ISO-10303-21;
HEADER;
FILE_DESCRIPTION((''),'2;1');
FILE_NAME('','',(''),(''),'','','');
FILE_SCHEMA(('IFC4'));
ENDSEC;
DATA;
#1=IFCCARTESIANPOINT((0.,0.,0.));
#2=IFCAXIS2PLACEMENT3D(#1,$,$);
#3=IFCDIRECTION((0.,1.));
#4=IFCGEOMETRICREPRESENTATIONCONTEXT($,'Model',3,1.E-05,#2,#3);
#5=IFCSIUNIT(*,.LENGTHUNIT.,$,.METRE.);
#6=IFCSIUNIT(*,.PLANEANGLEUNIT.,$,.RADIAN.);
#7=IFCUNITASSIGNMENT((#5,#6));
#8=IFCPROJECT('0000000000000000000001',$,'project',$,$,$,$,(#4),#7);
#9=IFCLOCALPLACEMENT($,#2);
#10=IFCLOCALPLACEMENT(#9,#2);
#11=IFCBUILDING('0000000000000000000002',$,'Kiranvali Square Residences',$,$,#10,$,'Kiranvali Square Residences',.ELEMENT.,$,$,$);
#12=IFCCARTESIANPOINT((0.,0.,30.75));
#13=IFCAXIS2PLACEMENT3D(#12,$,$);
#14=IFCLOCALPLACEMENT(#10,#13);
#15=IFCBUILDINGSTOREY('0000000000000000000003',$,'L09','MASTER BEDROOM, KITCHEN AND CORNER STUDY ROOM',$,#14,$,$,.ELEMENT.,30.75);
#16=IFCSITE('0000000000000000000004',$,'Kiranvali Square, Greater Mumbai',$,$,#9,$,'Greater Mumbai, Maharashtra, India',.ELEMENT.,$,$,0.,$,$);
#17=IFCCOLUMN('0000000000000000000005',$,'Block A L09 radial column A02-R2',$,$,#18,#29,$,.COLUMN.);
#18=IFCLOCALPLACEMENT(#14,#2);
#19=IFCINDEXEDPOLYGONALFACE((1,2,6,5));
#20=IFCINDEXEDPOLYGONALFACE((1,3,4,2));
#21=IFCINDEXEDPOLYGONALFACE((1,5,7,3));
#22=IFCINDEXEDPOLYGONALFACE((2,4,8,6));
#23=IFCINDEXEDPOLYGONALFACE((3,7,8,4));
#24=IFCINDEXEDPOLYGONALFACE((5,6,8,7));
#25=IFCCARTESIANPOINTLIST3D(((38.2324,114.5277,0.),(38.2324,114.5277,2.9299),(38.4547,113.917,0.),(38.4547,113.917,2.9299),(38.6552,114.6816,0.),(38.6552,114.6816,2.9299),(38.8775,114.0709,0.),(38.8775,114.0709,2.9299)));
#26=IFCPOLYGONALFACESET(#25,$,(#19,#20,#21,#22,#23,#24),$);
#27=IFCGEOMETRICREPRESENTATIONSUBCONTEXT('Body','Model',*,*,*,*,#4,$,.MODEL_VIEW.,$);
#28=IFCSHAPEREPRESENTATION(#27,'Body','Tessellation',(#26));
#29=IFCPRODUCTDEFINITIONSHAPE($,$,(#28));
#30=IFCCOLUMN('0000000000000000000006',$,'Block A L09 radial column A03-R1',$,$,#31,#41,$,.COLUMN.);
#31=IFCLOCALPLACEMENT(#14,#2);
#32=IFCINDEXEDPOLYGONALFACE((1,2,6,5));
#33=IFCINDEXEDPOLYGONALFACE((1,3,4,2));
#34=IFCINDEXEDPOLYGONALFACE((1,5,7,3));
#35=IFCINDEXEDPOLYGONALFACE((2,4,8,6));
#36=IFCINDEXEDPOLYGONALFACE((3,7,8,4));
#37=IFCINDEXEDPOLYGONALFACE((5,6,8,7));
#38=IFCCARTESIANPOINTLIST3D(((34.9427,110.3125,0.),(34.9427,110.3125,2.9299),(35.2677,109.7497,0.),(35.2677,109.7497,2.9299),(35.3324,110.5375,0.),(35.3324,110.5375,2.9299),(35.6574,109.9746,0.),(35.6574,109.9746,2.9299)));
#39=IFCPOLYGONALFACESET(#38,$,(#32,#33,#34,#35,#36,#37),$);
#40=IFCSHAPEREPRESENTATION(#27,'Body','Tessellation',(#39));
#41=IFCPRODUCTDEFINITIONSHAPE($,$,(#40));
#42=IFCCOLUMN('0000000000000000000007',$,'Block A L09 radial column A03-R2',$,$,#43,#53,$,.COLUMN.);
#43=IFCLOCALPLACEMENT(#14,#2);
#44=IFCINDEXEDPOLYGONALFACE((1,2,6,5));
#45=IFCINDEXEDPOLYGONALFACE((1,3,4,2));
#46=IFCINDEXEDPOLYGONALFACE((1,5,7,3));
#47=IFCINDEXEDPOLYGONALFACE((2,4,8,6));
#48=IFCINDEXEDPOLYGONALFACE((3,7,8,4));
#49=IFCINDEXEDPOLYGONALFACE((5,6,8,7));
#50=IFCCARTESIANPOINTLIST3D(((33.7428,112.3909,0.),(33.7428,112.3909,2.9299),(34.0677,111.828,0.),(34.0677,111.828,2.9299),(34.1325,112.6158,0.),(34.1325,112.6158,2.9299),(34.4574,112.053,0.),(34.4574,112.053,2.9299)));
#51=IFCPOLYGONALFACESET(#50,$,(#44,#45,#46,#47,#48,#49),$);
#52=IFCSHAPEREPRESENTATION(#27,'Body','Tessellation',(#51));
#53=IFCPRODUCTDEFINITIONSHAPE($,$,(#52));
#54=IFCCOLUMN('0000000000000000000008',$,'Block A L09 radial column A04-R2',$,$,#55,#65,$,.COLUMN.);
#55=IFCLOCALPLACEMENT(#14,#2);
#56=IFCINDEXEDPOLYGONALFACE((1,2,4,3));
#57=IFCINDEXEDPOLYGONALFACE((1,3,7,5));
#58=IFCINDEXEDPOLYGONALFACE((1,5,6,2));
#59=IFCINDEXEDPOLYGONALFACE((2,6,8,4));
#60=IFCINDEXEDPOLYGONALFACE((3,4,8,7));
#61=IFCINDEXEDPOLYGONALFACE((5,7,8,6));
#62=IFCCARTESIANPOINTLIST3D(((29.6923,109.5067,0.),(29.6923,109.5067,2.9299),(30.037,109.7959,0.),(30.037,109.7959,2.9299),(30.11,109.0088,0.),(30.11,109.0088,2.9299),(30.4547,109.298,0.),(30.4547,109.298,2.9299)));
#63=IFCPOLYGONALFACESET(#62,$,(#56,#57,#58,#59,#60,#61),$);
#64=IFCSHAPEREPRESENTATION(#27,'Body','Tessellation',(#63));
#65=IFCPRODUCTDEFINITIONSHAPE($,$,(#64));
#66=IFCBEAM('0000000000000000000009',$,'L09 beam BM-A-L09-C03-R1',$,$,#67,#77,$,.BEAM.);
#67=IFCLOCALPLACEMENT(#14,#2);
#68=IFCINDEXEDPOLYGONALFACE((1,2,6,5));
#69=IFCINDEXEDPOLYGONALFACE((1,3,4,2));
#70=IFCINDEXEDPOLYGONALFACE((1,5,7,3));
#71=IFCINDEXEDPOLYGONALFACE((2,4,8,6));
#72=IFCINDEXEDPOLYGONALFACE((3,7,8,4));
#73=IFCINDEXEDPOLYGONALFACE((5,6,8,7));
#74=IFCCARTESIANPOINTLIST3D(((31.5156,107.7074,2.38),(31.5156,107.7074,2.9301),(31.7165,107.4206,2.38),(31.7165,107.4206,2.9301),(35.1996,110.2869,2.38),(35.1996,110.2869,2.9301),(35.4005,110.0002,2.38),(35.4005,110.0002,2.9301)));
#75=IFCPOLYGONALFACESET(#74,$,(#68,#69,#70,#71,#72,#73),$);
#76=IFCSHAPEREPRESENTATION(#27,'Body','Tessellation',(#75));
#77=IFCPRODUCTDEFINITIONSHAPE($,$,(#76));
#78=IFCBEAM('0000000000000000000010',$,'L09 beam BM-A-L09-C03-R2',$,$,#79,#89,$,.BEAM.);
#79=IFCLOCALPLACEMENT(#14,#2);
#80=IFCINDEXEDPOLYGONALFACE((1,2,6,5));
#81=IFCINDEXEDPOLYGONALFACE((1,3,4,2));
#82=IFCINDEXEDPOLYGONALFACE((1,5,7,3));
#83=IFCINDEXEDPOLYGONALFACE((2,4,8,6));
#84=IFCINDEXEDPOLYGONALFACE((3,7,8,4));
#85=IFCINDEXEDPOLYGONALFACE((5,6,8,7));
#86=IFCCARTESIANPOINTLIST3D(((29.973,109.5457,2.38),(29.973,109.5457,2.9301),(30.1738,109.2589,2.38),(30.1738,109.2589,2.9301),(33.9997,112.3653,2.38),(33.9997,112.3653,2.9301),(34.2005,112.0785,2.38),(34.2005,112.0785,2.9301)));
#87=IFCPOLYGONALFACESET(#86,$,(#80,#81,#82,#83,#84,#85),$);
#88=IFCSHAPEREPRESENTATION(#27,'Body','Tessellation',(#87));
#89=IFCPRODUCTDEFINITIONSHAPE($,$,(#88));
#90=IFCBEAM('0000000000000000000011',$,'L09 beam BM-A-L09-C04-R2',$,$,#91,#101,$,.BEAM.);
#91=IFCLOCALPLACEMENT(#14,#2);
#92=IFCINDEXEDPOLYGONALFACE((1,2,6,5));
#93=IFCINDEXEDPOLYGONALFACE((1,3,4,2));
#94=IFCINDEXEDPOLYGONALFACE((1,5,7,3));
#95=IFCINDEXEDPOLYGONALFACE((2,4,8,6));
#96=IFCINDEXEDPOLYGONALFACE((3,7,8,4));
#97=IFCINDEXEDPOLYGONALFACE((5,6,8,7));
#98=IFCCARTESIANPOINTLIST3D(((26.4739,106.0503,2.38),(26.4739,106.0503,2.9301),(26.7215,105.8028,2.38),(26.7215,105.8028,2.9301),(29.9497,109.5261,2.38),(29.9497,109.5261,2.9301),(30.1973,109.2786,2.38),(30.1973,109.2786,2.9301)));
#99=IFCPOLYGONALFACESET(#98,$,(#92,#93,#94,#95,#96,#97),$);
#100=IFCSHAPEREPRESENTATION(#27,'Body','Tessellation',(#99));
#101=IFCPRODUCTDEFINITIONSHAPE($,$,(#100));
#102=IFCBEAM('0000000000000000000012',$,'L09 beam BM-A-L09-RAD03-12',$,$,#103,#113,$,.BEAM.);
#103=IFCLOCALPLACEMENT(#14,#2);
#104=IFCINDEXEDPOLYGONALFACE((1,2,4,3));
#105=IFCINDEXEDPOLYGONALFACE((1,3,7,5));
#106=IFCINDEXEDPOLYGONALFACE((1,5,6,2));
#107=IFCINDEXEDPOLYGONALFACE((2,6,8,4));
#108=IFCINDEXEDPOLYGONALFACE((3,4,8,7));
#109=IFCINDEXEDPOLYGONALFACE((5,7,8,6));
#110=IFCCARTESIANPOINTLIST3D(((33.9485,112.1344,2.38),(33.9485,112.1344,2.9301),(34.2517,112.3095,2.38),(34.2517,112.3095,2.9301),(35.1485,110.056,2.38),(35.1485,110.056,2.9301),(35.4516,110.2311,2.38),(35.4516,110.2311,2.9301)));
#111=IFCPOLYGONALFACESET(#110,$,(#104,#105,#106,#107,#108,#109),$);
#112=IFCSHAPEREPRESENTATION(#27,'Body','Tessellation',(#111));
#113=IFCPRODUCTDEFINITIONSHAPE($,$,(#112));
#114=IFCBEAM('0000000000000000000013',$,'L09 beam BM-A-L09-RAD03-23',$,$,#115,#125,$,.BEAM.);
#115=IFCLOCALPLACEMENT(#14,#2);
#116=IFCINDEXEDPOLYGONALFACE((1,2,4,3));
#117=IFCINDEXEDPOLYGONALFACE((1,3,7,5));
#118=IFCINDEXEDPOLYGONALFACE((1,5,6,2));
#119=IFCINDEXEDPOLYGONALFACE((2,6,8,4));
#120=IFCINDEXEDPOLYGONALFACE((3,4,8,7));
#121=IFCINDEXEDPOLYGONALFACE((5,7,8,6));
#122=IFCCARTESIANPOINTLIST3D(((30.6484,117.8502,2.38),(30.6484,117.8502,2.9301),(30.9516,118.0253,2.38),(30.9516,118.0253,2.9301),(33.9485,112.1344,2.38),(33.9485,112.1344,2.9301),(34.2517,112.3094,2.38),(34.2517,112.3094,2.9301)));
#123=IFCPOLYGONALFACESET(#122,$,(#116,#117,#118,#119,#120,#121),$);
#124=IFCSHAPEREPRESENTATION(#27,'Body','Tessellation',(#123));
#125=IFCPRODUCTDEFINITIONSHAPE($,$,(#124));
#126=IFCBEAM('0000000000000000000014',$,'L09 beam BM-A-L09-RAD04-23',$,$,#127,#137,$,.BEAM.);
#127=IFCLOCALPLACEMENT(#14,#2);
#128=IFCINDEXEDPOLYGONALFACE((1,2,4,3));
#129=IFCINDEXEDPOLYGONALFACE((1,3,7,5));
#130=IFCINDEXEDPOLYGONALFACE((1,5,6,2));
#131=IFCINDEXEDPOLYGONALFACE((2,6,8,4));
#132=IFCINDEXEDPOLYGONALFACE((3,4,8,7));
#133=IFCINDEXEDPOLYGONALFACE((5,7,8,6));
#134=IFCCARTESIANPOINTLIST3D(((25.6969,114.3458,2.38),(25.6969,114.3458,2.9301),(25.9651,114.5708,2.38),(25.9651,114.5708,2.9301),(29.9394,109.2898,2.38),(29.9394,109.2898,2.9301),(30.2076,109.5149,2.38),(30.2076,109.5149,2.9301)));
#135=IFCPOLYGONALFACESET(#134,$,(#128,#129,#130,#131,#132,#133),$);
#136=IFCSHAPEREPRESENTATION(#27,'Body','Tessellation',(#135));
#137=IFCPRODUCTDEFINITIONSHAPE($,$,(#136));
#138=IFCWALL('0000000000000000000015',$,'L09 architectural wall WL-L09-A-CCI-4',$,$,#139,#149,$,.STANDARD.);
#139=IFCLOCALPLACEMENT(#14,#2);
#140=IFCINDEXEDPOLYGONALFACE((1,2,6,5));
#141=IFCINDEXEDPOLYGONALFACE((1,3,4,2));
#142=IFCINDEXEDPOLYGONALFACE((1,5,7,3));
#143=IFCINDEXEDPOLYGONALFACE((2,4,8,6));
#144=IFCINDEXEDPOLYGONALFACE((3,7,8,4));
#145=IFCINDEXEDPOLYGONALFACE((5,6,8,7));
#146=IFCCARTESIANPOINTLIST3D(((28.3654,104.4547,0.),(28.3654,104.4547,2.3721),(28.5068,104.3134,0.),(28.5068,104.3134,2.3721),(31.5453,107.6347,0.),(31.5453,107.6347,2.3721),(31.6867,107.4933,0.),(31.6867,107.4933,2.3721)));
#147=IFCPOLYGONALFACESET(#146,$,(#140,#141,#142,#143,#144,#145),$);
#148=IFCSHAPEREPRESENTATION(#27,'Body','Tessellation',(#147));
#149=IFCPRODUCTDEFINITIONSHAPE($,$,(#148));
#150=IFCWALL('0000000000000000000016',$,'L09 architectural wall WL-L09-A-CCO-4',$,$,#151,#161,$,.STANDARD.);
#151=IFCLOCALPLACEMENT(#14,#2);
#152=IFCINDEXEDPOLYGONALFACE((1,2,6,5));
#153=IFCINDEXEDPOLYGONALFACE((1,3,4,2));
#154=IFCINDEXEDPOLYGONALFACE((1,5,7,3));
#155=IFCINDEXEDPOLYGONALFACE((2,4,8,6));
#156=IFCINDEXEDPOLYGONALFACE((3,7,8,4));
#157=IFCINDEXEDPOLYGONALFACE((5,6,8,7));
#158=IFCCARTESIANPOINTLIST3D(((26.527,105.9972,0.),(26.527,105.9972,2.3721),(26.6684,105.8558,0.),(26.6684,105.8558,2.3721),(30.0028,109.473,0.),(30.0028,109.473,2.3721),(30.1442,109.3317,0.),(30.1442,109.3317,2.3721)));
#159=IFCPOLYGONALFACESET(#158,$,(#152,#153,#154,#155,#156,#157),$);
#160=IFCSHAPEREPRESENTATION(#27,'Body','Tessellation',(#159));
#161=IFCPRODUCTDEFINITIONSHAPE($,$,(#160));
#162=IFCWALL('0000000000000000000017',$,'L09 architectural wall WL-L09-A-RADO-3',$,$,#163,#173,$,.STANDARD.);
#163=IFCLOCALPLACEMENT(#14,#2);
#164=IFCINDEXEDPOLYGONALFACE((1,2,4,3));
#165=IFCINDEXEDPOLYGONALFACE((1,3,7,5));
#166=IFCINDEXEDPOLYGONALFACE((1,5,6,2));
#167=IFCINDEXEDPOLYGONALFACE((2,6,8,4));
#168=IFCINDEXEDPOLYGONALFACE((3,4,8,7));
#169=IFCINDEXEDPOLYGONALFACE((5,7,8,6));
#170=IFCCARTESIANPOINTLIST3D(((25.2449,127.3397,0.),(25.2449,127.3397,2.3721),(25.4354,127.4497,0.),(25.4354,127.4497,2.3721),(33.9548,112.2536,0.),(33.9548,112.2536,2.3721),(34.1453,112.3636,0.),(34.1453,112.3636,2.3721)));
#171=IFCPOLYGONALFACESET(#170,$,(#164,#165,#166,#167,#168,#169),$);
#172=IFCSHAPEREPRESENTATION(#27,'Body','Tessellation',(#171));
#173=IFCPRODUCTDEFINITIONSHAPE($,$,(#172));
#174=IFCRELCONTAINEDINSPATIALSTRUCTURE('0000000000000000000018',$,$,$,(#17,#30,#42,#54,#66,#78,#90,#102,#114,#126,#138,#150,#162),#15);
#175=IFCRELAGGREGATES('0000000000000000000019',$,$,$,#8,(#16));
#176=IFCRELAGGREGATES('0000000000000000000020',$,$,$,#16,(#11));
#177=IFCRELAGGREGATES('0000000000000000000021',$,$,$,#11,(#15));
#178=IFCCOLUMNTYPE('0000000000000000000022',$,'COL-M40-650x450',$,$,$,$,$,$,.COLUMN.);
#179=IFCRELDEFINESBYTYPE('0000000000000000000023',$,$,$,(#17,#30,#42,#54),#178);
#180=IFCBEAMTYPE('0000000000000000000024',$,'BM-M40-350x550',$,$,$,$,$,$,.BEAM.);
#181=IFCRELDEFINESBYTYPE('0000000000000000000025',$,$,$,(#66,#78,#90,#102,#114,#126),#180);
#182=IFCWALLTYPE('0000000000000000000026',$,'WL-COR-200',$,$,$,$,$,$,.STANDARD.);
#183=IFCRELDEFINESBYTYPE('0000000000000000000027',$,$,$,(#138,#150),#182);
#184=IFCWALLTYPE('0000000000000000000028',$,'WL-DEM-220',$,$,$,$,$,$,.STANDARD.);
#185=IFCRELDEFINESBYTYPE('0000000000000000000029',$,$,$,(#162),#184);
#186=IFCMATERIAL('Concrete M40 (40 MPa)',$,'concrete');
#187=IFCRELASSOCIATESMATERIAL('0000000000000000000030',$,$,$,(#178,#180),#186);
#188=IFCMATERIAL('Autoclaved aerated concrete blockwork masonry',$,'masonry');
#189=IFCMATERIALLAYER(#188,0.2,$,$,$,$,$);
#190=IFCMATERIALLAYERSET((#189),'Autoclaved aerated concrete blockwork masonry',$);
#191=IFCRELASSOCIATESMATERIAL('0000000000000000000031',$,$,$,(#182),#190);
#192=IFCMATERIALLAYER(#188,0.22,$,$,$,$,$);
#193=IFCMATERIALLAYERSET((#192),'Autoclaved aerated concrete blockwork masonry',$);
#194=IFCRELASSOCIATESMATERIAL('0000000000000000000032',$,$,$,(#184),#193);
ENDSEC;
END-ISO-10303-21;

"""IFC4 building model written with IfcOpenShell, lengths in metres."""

from ifc_helpers import new_model, si_unit, direction, frame, frame_2d, origin, origin_2d, place, context, subcontext, project, spatial, rectangle, extrude, material, layer, layer_set, material_profile, profile_set, type_object, element, save


model = new_model("IFC4")

# Units and contexts
model_context = context("Model", 3, precision=1e-05, world=origin(), true_north=direction((0.0, 1.0)))
body_context = subcontext(model_context, "Body", "Model", "MODEL_VIEW")
ifc_project = project(units=[si_unit("LENGTHUNIT", "METRE"), si_unit("PLANEANGLEUNIT", "RADIAN")], contexts=[model_context])

# Site, building, storey
site_placement = place(None, origin())
site = spatial("IfcSite", under=ifc_project, at=site_placement, Name="Kiranvali Square, Greater Mumbai", LongName="Greater Mumbai, Maharashtra, India", CompositionType="ELEMENT", RefElevation=0.0)
building_placement = place(site_placement, origin())
building = spatial("IfcBuilding", under=site, at=building_placement, Name="Kiranvali Square Residences", LongName="Kiranvali Square Residences", CompositionType="ELEMENT")
storey_placement = place(building_placement, frame((0.0, 0.0, 30.75)))
storey = spatial("IfcBuildingStorey", under=building, at=storey_placement, Name="L09", Description="MASTER BEDROOM, KITCHEN AND CORNER STUDY ROOM", CompositionType="ELEMENT", Elevation=30.75)

# Columns
ifc_material_1 = material(Name="Concrete M40 (40 MPa)", Category="concrete")
ifc_material_profile_1 = material_profile(ifc_material_1, rectangle(XDim=0.45, YDim=0.6499, at=origin_2d()), Name="RC 650x450")
ifc_profile_set_1 = profile_set([ifc_material_profile_1], Name="Concrete M40 (40 MPa)")
column_type = type_object("IfcColumnType", Name="COL-M40-650x450", PredefinedType="COLUMN", material=ifc_profile_set_1)
for number, where, z_axis, x_axis, name in (
    (1, (38.5549, 114.2993, 0.0), (0.0, 0.0, 1.0), (0.939693, 0.34202, 0.0), "Block A L09 radial column A02-R2"),
    (2, (35.3, 110.1436, 0.0), (0.0, 0.0, 1.0), (0.866025, 0.5, 0.0), "Block A L09 radial column A03-R1"),
    (3, (34.1001, 112.2219, 0.0), (0.0, 0.0, 1.0), (0.866025, 0.5, 0.0), "Block A L09 radial column A03-R2"),
    (4, (30.0735, 109.4023, 0.0), (0.0, 0.0, 1.0), (0.766044, 0.642788, 0.0), "Block A L09 radial column A04-R2"),
):
    element("IfcColumn", number, at=place(storey_placement, frame(where, z_axis=z_axis, x_axis=x_axis)), inside=storey, type_object=column_type, Name=name, PredefinedType="COLUMN", context=body_context, shape_type="SweptSolid", body=[
        extrude(rectangle(XDim=0.45, YDim=0.6499, at=origin_2d()), origin(), (0.0, 0.0, 1.0), 2.9299),
    ])

# Beams
ifc_material_profile_2 = material_profile(ifc_material_1, rectangle(XDim=0.3501, YDim=0.55, at=origin_2d()), Name="RC 350x550")
ifc_profile_set_2 = profile_set([ifc_material_profile_2], Name="Concrete M40 (40 MPa)")
beam_type = type_object("IfcBeamType", Name="BM-M40-350x550", PredefinedType="BEAM", material=ifc_profile_set_2)
beam_1_placement = place(storey_placement, frame((35.3, 110.1436, 2.655), z_axis=(-0.819155, -0.573572, 0.0), x_axis=(0.573572, -0.819155, 0.0)))
element("IfcBeam", 5, at=beam_1_placement, inside=storey, type_object=beam_type, Name="L09 beam BM-A-L09-C03-R1", PredefinedType="BEAM", context=body_context, shape_type="SweptSolid", body=[
    extrude(rectangle(XDim=0.3501, YDim=0.55, at=origin_2d()), origin(), (0.0, 0.0, 1.0), 4.4973),
])
beam_2_placement = place(storey_placement, frame((34.1001, 112.2219, 2.655), z_axis=(-0.819141, -0.573592, 0.0), x_axis=(0.573592, -0.819141, 0.0)))
element("IfcBeam", 6, at=beam_2_placement, inside=storey, type_object=beam_type, Name="L09 beam BM-A-L09-C03-R2", PredefinedType="BEAM", context=body_context, shape_type="SweptSolid", body=[
    extrude(rectangle(XDim=0.3501, YDim=0.55, at=origin_2d()), origin(), (0.0, 0.0, 1.0), 4.9158),
])
beam_3_placement = place(storey_placement, frame((30.0735, 109.4023, 2.655), z_axis=(-0.707107, -0.707107, 0.0), x_axis=(0.707107, -0.707107, 0.0)))
element("IfcBeam", 7, at=beam_3_placement, inside=storey, type_object=beam_type, Name="L09 beam BM-A-L09-C04-R2", PredefinedType="BEAM", context=body_context, shape_type="SweptSolid", body=[
    extrude(rectangle(XDim=0.3501, YDim=0.55, at=origin_2d()), origin(), (0.0, 0.0, 1.0), 4.9155),
])
beam_4_placement = place(storey_placement, frame((35.3, 110.1436, 2.655), z_axis=(-0.500001, 0.866025, 0.0), x_axis=(-0.866025, -0.500001, 0.0)))
element("IfcBeam", 8, at=beam_4_placement, inside=storey, type_object=beam_type, Name="L09 beam BM-A-L09-RAD03-12", PredefinedType="BEAM", context=body_context, shape_type="SweptSolid", body=[
    extrude(rectangle(XDim=0.3501, YDim=0.55, at=origin_2d()), origin(), (0.0, 0.0, 1.0), 2.3999),
])
for number, where, z_axis, x_axis, name in (
    (9, (34.1001, 112.2219, 2.655), (-0.500002, 0.866024, 0.0), (-0.866024, -0.500002, 0.0), "L09 beam BM-A-L09-RAD03-23"),
    (10, (30.0735, 109.4023, 2.655), (-0.642789, 0.766043, 0.0), (-0.766043, -0.642789, 0.0), "L09 beam BM-A-L09-RAD04-23"),
):
    element("IfcBeam", number, at=place(storey_placement, frame(where, z_axis=z_axis, x_axis=x_axis)), inside=storey, type_object=beam_type, Name=name, PredefinedType="BEAM", context=body_context, shape_type="SweptSolid", body=[
        extrude(rectangle(XDim=0.3501, YDim=0.55, at=origin_2d()), origin(), (0.0, 0.0, 1.0), 6.6001),
    ])

# Shared definitions
ifc_material_2 = material(Name="Autoclaved aerated concrete blockwork masonry", Category="masonry")
ifc_layer_1 = layer(ifc_material_2, 0.2)
ifc_layer_set_1 = layer_set([ifc_layer_1], Name="Autoclaved aerated concrete blockwork masonry")
wall_type_1 = type_object("IfcWallType", Name="WL-COR-200", PredefinedType="STANDARD", material=ifc_layer_set_1)

# Walls
wall_1_placement = place(storey_placement, frame((31.616, 107.564, 0.0), z_axis=(0.0, 0.0, 1.0), x_axis=(-0.707107, -0.707107, 0.0)))
element("IfcWall", 11, at=wall_1_placement, inside=storey, type_object=wall_type_1, Name="L09 architectural wall WL-L09-A-CCI-4", PredefinedType="STANDARD", context=body_context, shape_type="SweptSolid", body=[
    extrude(rectangle(XDim=4.4971, YDim=0.2, at=frame_2d((2.2485, 0.0))), origin(), (0.0, 0.0, 1.0), 2.3721),
])
wall_2_placement = place(storey_placement, frame((30.0735, 109.4023, 0.0), z_axis=(0.0, 0.0, 1.0), x_axis=(-0.707107, -0.707107, 0.0)))
element("IfcWall", 12, at=wall_2_placement, inside=storey, type_object=wall_type_1, Name="L09 architectural wall WL-L09-A-CCO-4", PredefinedType="STANDARD", context=body_context, shape_type="SweptSolid", body=[
    extrude(rectangle(XDim=4.9155, YDim=0.2, at=frame_2d((2.4578, 0.0))), origin(), (0.0, 0.0, 1.0), 2.3721),
])
ifc_layer_2 = layer(ifc_material_2, 0.22)
ifc_layer_set_2 = layer_set([ifc_layer_2], Name="Autoclaved aerated concrete blockwork masonry")
wall_type_2 = type_object("IfcWallType", Name="WL-DEM-220", PredefinedType="STANDARD", material=ifc_layer_set_2)
wall_3_placement = place(storey_placement, frame((34.05, 112.3086, 0.0), z_axis=(0.0, 0.0, 1.0), x_axis=(-0.499998, 0.866027, 0.0)))
element("IfcWall", 13, at=wall_3_placement, inside=storey, type_object=wall_type_2, Name="L09 architectural wall WL-L09-A-RADO-3", PredefinedType="STANDARD", context=body_context, shape_type="SweptSolid", body=[
    extrude(rectangle(XDim=17.4199, YDim=0.22, at=frame_2d((8.71, 0.0))), origin(), (0.0, 0.0, 1.0), 2.3721),
])

save(model, "model.ifc")
